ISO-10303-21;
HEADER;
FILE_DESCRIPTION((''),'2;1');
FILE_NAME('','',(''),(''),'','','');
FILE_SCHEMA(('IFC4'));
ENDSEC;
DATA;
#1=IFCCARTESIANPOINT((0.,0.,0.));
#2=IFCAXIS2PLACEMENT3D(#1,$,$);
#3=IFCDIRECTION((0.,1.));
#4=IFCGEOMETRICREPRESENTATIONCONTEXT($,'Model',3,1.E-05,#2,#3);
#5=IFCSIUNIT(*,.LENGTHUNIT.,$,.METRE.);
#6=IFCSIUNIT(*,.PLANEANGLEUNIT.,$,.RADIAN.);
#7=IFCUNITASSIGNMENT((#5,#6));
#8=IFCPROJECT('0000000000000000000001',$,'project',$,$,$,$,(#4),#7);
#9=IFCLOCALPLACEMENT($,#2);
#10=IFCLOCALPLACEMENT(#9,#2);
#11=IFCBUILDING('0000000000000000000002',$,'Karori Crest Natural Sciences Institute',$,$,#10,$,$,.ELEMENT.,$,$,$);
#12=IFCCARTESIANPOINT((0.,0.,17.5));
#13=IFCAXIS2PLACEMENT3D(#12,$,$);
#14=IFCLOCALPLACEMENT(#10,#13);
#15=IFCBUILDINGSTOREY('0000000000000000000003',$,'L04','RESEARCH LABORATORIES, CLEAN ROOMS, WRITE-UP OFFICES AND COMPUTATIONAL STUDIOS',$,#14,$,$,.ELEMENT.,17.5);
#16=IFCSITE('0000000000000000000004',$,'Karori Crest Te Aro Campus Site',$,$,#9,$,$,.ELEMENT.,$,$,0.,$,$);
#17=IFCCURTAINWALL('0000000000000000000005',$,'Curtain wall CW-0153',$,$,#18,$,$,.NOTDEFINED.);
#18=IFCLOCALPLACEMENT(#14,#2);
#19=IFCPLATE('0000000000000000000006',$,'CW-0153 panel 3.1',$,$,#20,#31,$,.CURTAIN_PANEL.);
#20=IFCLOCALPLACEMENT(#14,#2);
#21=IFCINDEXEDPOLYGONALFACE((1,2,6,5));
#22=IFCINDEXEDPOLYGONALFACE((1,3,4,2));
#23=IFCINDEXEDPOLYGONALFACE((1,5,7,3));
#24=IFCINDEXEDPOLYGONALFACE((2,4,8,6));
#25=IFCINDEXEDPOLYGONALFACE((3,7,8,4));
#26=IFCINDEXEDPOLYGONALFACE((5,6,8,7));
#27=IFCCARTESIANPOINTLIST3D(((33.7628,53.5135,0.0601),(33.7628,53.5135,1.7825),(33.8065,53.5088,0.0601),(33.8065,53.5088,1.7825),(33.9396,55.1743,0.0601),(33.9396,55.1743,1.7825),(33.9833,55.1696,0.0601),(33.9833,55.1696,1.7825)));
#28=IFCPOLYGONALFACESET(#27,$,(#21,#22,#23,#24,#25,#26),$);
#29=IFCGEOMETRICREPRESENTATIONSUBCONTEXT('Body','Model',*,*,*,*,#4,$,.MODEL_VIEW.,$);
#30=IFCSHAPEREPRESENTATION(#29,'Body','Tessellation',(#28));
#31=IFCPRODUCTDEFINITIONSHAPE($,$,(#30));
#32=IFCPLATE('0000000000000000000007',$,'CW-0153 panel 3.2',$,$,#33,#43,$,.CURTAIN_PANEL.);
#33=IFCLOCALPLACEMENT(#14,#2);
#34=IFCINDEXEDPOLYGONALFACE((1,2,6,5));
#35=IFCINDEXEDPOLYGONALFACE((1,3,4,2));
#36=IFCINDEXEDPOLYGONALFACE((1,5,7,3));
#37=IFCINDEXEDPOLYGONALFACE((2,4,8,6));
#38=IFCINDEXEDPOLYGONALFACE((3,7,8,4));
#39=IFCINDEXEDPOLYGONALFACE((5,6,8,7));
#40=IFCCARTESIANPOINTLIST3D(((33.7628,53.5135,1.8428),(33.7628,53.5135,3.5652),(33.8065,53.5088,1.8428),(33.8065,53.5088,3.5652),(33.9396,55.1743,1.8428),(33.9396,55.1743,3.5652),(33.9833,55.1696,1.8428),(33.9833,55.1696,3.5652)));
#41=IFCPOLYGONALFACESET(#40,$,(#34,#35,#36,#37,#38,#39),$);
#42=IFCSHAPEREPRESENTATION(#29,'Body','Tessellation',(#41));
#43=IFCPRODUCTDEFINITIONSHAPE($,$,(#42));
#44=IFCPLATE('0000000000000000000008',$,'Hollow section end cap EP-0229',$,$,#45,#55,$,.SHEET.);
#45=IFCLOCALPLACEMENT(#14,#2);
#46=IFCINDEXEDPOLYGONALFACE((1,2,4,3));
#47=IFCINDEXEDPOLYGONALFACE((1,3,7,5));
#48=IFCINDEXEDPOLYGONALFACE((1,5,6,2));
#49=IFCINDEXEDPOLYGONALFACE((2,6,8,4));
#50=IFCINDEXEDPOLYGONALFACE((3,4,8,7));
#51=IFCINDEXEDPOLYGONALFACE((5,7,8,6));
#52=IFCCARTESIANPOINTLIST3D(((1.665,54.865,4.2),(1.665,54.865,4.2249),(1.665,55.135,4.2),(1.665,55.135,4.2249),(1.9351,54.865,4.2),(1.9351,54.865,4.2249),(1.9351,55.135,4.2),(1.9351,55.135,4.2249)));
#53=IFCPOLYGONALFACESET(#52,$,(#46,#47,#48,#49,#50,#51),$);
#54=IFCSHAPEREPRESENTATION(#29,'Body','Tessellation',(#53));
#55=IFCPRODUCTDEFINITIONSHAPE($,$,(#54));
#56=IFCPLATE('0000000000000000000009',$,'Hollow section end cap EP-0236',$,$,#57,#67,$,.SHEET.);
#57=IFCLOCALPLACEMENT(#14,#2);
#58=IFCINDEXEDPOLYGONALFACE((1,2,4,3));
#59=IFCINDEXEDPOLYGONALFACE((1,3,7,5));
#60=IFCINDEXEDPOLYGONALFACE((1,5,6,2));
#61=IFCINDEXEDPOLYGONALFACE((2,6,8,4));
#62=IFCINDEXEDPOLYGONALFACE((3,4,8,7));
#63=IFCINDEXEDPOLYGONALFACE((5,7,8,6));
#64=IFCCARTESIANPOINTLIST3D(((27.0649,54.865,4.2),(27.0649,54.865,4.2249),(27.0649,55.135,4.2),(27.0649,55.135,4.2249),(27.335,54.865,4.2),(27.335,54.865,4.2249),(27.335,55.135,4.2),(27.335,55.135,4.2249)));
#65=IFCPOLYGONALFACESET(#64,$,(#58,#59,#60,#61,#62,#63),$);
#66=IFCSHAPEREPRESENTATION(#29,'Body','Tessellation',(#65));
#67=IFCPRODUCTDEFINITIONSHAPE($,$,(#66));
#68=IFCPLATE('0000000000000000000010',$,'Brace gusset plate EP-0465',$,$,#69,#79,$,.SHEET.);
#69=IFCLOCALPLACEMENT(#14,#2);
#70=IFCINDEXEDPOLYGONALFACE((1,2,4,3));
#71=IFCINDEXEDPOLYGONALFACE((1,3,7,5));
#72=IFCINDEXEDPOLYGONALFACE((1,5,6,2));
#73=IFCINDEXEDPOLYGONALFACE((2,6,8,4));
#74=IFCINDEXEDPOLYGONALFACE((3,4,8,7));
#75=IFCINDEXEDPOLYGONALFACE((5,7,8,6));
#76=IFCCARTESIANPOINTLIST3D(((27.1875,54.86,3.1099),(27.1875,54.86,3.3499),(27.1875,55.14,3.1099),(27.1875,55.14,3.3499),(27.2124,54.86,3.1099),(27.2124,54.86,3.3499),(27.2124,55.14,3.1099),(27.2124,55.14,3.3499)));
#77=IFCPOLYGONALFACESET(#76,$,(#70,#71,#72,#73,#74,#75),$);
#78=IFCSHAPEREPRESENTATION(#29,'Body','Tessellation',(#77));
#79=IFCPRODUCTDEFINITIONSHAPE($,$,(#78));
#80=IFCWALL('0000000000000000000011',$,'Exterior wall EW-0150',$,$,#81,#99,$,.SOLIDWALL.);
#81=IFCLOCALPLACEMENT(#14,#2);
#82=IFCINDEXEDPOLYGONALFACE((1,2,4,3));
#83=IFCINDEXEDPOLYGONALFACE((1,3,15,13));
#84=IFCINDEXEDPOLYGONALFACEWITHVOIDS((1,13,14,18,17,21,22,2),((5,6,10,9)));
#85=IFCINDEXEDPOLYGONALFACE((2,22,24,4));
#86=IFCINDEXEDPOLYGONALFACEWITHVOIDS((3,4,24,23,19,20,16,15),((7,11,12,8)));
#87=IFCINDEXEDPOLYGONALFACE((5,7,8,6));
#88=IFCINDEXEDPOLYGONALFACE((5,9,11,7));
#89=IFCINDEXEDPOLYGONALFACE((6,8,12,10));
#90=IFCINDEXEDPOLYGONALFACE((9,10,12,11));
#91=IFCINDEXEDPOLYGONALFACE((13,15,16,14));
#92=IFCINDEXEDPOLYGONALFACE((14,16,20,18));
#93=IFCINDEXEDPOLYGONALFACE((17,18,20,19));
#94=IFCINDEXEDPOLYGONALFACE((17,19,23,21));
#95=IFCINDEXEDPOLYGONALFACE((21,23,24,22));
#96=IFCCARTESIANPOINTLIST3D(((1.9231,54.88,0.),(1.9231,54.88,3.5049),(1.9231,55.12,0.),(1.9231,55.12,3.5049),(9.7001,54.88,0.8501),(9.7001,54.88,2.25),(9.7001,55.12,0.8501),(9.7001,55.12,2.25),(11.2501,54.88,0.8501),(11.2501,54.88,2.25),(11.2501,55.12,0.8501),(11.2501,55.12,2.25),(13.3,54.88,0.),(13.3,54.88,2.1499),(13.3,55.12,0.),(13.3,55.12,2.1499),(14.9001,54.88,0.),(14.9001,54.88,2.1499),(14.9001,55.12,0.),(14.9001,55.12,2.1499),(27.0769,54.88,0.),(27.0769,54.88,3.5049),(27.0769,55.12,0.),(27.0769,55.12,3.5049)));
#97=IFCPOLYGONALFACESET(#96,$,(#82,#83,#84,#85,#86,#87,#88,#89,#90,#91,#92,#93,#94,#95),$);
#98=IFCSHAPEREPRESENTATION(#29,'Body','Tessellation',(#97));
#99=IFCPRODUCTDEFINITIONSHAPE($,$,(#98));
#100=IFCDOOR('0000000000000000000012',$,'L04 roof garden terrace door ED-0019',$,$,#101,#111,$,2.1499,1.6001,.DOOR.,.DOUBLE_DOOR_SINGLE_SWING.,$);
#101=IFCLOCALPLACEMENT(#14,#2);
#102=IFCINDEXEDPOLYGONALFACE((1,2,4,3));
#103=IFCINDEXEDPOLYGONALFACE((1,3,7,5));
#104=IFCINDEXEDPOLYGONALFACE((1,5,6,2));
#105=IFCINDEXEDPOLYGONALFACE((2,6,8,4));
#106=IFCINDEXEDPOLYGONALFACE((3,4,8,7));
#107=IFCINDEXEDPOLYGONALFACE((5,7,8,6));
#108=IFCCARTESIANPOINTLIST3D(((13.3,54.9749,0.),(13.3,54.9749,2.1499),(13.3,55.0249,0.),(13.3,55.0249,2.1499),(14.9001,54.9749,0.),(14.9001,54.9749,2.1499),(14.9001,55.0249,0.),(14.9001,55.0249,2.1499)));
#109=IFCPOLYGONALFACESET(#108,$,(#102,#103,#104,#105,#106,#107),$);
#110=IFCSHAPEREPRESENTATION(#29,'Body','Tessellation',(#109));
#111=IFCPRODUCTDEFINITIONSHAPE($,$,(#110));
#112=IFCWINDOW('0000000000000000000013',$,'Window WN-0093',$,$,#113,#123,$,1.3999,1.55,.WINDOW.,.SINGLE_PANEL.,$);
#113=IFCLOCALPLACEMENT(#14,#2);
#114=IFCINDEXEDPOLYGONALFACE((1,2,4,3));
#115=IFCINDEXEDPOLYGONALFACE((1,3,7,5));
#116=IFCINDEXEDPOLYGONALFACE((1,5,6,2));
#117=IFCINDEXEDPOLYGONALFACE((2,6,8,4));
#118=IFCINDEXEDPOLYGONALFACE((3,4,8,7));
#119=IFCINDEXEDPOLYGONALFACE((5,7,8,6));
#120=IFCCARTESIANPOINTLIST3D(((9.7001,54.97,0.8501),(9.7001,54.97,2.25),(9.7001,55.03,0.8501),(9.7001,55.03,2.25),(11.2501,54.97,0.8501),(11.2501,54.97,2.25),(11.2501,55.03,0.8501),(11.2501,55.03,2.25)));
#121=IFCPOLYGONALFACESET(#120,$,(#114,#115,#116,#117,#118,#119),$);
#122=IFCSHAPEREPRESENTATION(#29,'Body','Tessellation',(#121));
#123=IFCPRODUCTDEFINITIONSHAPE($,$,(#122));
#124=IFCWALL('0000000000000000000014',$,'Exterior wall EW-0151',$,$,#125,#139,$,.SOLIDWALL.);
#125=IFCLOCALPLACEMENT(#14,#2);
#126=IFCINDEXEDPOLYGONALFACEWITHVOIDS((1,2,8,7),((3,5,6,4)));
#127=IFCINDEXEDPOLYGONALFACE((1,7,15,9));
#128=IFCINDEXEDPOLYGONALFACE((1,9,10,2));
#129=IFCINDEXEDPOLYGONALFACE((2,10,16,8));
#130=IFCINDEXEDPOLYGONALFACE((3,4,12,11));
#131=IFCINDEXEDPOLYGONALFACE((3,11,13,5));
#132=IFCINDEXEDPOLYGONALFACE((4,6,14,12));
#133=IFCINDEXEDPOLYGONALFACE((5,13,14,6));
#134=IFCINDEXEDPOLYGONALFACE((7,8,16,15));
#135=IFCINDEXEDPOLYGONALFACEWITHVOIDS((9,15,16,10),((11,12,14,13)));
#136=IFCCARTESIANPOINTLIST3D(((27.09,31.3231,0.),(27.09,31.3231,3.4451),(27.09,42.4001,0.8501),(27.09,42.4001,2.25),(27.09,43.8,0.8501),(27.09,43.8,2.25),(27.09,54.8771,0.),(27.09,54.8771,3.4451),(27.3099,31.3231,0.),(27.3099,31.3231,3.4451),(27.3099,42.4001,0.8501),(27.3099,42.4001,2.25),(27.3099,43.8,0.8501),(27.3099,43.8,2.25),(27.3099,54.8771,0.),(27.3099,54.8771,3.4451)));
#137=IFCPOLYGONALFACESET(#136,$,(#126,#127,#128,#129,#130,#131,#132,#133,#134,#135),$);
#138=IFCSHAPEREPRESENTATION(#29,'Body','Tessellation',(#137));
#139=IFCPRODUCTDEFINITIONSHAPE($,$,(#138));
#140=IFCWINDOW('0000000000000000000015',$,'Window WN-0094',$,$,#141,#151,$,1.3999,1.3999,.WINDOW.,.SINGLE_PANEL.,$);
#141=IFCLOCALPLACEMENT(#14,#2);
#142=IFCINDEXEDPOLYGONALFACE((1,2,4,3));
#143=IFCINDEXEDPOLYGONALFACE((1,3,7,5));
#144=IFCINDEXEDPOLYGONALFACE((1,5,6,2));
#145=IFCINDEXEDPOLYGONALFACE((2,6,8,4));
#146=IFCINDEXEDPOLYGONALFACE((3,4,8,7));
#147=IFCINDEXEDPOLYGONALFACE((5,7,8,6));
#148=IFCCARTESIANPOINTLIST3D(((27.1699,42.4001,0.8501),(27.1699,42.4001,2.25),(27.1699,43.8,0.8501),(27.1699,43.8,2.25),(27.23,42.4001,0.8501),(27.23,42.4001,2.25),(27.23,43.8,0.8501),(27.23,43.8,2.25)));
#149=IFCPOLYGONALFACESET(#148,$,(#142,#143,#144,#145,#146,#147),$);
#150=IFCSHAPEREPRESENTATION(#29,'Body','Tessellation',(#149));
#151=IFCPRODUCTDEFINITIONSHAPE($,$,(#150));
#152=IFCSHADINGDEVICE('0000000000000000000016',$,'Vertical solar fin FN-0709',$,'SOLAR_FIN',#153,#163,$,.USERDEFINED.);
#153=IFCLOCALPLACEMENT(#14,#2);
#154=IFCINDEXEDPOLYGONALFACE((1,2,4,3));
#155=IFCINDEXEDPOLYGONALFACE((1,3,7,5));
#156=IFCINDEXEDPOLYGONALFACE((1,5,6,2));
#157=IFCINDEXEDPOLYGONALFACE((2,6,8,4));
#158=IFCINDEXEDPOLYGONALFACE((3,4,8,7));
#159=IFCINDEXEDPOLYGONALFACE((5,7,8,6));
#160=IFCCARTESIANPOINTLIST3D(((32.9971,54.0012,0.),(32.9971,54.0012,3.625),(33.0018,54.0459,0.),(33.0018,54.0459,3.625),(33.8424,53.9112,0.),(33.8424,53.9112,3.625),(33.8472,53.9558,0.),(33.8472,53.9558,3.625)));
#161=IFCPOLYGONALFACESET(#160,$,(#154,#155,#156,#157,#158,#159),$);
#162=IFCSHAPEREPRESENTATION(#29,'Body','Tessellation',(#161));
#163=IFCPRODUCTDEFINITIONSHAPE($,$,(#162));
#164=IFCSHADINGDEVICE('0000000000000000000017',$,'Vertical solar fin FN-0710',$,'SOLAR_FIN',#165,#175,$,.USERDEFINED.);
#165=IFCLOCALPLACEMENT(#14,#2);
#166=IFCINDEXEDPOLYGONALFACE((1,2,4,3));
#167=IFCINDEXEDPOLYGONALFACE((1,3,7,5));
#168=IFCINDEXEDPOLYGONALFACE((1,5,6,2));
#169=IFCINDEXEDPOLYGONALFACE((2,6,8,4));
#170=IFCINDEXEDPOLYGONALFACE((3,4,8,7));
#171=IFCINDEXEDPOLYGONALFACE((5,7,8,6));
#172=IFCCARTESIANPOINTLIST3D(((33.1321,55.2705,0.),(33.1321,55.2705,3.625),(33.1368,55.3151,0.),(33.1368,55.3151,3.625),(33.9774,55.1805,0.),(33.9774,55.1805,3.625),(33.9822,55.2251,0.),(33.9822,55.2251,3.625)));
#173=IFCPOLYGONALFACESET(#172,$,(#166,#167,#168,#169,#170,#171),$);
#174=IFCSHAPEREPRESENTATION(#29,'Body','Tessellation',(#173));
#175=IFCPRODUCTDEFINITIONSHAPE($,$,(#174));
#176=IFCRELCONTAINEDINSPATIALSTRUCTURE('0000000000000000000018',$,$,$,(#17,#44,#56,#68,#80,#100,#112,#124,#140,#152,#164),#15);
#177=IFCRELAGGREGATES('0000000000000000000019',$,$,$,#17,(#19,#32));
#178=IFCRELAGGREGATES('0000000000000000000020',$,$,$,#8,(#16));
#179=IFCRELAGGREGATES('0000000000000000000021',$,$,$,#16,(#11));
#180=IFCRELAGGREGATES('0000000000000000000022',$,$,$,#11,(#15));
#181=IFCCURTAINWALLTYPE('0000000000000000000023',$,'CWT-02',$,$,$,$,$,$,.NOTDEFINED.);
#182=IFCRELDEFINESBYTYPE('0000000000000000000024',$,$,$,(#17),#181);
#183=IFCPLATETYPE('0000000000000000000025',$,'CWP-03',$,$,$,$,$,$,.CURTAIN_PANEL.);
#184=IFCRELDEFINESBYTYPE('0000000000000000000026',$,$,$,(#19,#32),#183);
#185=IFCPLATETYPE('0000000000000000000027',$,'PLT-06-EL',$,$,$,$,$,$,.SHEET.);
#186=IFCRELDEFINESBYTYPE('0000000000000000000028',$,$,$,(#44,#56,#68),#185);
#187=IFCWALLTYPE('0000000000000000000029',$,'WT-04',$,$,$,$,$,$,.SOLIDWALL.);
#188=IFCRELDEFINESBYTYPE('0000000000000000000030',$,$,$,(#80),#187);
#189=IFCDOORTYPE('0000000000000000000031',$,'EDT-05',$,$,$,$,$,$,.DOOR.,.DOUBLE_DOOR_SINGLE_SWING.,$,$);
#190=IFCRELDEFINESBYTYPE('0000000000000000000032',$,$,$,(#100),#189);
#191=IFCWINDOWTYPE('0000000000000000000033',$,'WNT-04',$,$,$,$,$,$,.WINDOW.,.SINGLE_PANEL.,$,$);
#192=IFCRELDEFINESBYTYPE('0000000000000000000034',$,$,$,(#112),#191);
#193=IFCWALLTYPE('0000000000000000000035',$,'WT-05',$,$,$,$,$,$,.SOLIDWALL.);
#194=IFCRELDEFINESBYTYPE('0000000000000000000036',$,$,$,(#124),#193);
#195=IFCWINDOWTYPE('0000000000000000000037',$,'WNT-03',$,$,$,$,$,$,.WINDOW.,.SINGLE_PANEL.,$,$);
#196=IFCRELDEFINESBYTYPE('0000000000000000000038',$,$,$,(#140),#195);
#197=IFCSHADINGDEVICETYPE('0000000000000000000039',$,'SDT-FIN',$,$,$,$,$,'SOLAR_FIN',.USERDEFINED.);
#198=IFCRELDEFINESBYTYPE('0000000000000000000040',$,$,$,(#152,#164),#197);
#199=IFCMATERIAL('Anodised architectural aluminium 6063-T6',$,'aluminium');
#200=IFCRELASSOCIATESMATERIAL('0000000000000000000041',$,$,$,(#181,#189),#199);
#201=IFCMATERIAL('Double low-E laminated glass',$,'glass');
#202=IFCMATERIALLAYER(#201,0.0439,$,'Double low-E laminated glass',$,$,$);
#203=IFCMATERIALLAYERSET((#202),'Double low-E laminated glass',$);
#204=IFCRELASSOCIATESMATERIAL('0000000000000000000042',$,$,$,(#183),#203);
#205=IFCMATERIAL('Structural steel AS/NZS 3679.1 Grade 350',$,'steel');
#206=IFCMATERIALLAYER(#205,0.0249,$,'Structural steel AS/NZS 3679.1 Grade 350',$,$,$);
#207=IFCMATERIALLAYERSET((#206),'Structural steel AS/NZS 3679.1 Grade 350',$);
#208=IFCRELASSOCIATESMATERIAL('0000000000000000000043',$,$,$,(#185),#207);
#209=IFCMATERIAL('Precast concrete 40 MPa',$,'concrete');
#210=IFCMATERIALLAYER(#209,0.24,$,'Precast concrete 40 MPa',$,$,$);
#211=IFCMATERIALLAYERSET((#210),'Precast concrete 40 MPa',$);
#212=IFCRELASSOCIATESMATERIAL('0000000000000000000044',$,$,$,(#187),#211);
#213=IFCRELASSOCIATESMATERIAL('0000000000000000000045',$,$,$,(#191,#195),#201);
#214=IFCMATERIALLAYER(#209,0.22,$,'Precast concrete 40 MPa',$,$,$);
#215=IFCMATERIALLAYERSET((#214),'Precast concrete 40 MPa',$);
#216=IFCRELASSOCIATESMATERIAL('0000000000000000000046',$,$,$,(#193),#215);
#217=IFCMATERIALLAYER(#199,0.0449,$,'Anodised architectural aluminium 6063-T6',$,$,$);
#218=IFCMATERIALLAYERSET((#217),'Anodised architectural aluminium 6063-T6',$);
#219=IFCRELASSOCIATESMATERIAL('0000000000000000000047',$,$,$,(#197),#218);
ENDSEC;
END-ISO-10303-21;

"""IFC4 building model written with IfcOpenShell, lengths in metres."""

from ifc_helpers import new_model, si_unit, direction, frame, frame_2d, origin, origin_2d, place, context, subcontext, project, spatial, rectangle, extrude, material, layer, layer_set, type_object, element, fill, aggregate, save


model = new_model("IFC4")

# Units and contexts
model_context = context("Model", 3, precision=1e-05, world=origin(), true_north=direction((0.0, 1.0)))
body_context = subcontext(model_context, "Body", "Model", "MODEL_VIEW")
ifc_project = project(units=[si_unit("LENGTHUNIT", "METRE"), si_unit("PLANEANGLEUNIT", "RADIAN")], contexts=[model_context])

# Site, building, storey
site_placement = place(None, origin())
site = spatial("IfcSite", under=ifc_project, at=site_placement, Name="Karori Crest Te Aro Campus Site", CompositionType="ELEMENT", RefElevation=0.0)
building_placement = place(site_placement, origin())
building = spatial("IfcBuilding", under=site, at=building_placement, Name="Karori Crest Natural Sciences Institute", CompositionType="ELEMENT")
storey_placement = place(building_placement, frame((0.0, 0.0, 17.5)))
storey = spatial("IfcBuildingStorey", under=building, at=storey_placement, Name="L04", Description="RESEARCH LABORATORIES, CLEAN ROOMS, WRITE-UP OFFICES AND COMPUTATIONAL STUDIOS", CompositionType="ELEMENT", Elevation=17.5)

# Shared definitions
ifc_material_1 = material(Name="Structural steel AS/NZS 3679.1 Grade 350", Category="steel")

# Curtain wall
ifc_material_2 = material(Name="Anodised architectural aluminium 6063-T6", Category="aluminium")
curtain_wall_type_1 = type_object("IfcCurtainWallType", Name="CWT-02", PredefinedType="NOTDEFINED", material=ifc_material_2)
curtain_wall_1_placement = place(storey_placement, origin())
curtain_wall_1 = element("IfcCurtainWall", 1, at=curtain_wall_1_placement, inside=storey, type_object=curtain_wall_type_1, Name="Curtain wall CW-0153", PredefinedType="NOTDEFINED")

# Plates
ifc_material_3 = material(Name="Double low-E laminated glass", Category="glass")
ifc_layer_1 = layer(ifc_material_3, 0.0439, Name="Double low-E laminated glass")
ifc_layer_set_1 = layer_set([ifc_layer_1], Name="Double low-E laminated glass")
plate_type_1 = type_object("IfcPlateType", Name="CWP-03", PredefinedType="CURTAIN_PANEL", material=ifc_layer_set_1)
plate_1_placement = place(storey_placement, frame((33.873, 54.3416, 0.0601), z_axis=(0.0, 0.0, 1.0), x_axis=(0.105886, 0.994378, 0.0)))
plate_1 = element("IfcPlate", 2, at=plate_1_placement, type_object=plate_type_1, Name="CW-0153 panel 3.1", PredefinedType="CURTAIN_PANEL", context=body_context, shape_type="SweptSolid", body=[
    extrude(rectangle(XDim=1.6702, YDim=0.0439, at=origin_2d()), origin(), (0.0, 0.0, 1.0), 1.7224),
])
plate_2_placement = place(storey_placement, frame((33.873, 54.3416, 1.8428), z_axis=(0.0, 0.0, 1.0), x_axis=(0.105886, 0.994378, 0.0)))
plate_2 = element("IfcPlate", 3, at=plate_2_placement, type_object=plate_type_1, Name="CW-0153 panel 3.2", PredefinedType="CURTAIN_PANEL", context=body_context, shape_type="SweptSolid", body=[
    extrude(rectangle(XDim=1.6702, YDim=0.0439, at=origin_2d()), origin(), (0.0, 0.0, 1.0), 1.7224),
])
aggregate(curtain_wall_1, [plate_1, plate_2])

# Plates
ifc_layer_2 = layer(ifc_material_1, 0.0249, Name="Structural steel AS/NZS 3679.1 Grade 350")
ifc_layer_set_2 = layer_set([ifc_layer_2], Name="Structural steel AS/NZS 3679.1 Grade 350")
plate_type_2 = type_object("IfcPlateType", Name="PLT-06-EL", PredefinedType="SHEET", material=ifc_layer_set_2)
for number, where, z_axis, x_axis, name in (
    (4, (1.8, 55.0, 4.2), (0.0, 0.0, 1.0), (1.0, 0.0, 0.0), "Hollow section end cap EP-0229"),
    (5, (27.2, 55.0, 4.2), (0.0, 0.0, 1.0), (1.0, 0.0, 0.0), "Hollow section end cap EP-0236"),
):
    element("IfcPlate", number, at=place(storey_placement, frame(where, z_axis=z_axis, x_axis=x_axis)), inside=storey, type_object=plate_type_2, Name=name, PredefinedType="SHEET", context=body_context, shape_type="SweptSolid", body=[
        extrude(rectangle(XDim=0.27, YDim=0.27, at=origin_2d()), origin(), (0.0, 0.0, 1.0), 0.0249),
    ])
plate_3_placement = place(storey_placement, frame((27.2, 55.0, 3.1099), z_axis=(0.0, 0.0, 1.0), x_axis=(0.0, 1.0, 0.0)))
element("IfcPlate", 6, at=plate_3_placement, inside=storey, type_object=plate_type_2, Name="Brace gusset plate EP-0465", PredefinedType="SHEET", context=body_context, shape_type="SweptSolid", body=[
    extrude(rectangle(XDim=0.28, YDim=0.0249, at=origin_2d()), origin(), (0.0, 0.0, 1.0), 0.24),
])

# Wall, openings, door, window
ifc_material_4 = material(Name="Precast concrete 40 MPa", Category="concrete")
ifc_layer_3 = layer(ifc_material_4, 0.24, Name="Precast concrete 40 MPa")
ifc_layer_set_3 = layer_set([ifc_layer_3], Name="Precast concrete 40 MPa")
wall_type_1 = type_object("IfcWallType", Name="WT-04", PredefinedType="SOLIDWALL", material=ifc_layer_set_3)
wall_1_placement = place(storey_placement, frame((1.9231, 55.0, 0.0), z_axis=(0.0, 0.0, 1.0), x_axis=(1.0, 0.0, 0.0)))
wall_1 = element("IfcWall", 7, at=wall_1_placement, inside=storey, type_object=wall_type_1, Name="Exterior wall EW-0150", PredefinedType="SOLIDWALL", context=body_context, shape_type="SweptSolid", body=[
    extrude(rectangle(XDim=25.1538, YDim=0.24, at=frame_2d((12.5769, 0.0))), origin(), (0.0, 0.0, 1.0), 3.5049),
])
opening_1_placement = place(wall_1_placement, frame((11.377, 0.0, 0.0)))
opening_1 = element("IfcOpeningElement", 8, at=opening_1_placement, cuts=wall_1, PredefinedType="OPENING", context=body_context, shape_type="SweptSolid", body=[
    extrude(rectangle(XDim=1.6001, YDim=2.1499, at=frame_2d((0.8, 1.075))), frame((0.0, 0.1299, 0.0), z_axis=(0.0, -1.0, 0.0), x_axis=(1.0, 0.0, 0.0)), (0.0, 0.0, 1.0), 0.26),
])
opening_2_placement = place(wall_1_placement, frame((7.7771, 0.0, 0.8501)))
opening_2 = element("IfcOpeningElement", 9, at=opening_2_placement, cuts=wall_1, PredefinedType="OPENING", context=body_context, shape_type="SweptSolid", body=[
    extrude(rectangle(XDim=1.55, YDim=1.3999, at=frame_2d((0.7749, 0.7))), frame((0.0, 0.1299, 0.0), z_axis=(0.0, -1.0, 0.0), x_axis=(1.0, 0.0, 0.0)), (0.0, 0.0, 1.0), 0.26),
])
door_type = type_object("IfcDoorType", Name="EDT-05", OperationType="DOUBLE_DOOR_SINGLE_SWING", PredefinedType="DOOR", material=ifc_material_2)
door_placement = place(opening_1_placement, origin())
door = element("IfcDoor", 10, at=door_placement, inside=storey, type_object=door_type, Name="L04 roof garden terrace door ED-0019", OperationType="DOUBLE_DOOR_SINGLE_SWING", OverallHeight=2.1499, OverallWidth=1.6001, PredefinedType="DOOR", context=body_context, shape_type="SweptSolid", body=[
    extrude(rectangle(XDim=1.6001, YDim=2.1499, at=frame_2d((0.8, 1.075))), frame((0.0, 0.0249, 0.0), z_axis=(0.0, -1.0, 0.0), x_axis=(1.0, 0.0, 0.0)), (0.0, 0.0, 1.0), 0.05),
])
fill(opening_1, door)
window_type_1 = type_object("IfcWindowType", Name="WNT-04", PartitioningType="SINGLE_PANEL", PredefinedType="WINDOW", material=ifc_material_3)
window_1_placement = place(opening_2_placement, origin())
window_1 = element("IfcWindow", 11, at=window_1_placement, inside=storey, type_object=window_type_1, Name="Window WN-0093", OverallHeight=1.3999, OverallWidth=1.55, PartitioningType="SINGLE_PANEL", PredefinedType="WINDOW", context=body_context, shape_type="SweptSolid", body=[
    extrude(rectangle(XDim=1.55, YDim=1.3999, at=frame_2d((0.7749, 0.7))), frame((0.0, 0.03, 0.0), z_axis=(0.0, -1.0, 0.0), x_axis=(1.0, 0.0, 0.0)), (0.0, 0.0, 1.0), 0.0601),
])
fill(opening_2, window_1)

# Wall, opening, window
ifc_layer_4 = layer(ifc_material_4, 0.22, Name="Precast concrete 40 MPa")
ifc_layer_set_4 = layer_set([ifc_layer_4], Name="Precast concrete 40 MPa")
wall_type_2 = type_object("IfcWallType", Name="WT-05", PredefinedType="SOLIDWALL", material=ifc_layer_set_4)
wall_2_placement = place(storey_placement, frame((27.2, 54.877, 0.0), z_axis=(0.0, 0.0, 1.0), x_axis=(0.0, -1.0, 0.0)))
wall_2 = element("IfcWall", 12, at=wall_2_placement, inside=storey, type_object=wall_type_2, Name="Exterior wall EW-0151", PredefinedType="SOLIDWALL", context=body_context, shape_type="SweptSolid", body=[
    extrude(rectangle(XDim=23.554, YDim=0.22, at=frame_2d((11.7769, 0.0))), origin(), (0.0, 0.0, 1.0), 3.4451),
])
opening_3_placement = place(wall_2_placement, frame((11.0769, 0.0, 0.8501)))
opening_3 = element("IfcOpeningElement", 13, at=opening_3_placement, cuts=wall_2, PredefinedType="OPENING", context=body_context, shape_type="SweptSolid", body=[
    extrude(rectangle(XDim=1.3999, YDim=1.3999, at=frame_2d((0.7, 0.7))), frame((0.0, 0.1201, 0.0), z_axis=(0.0, -1.0, 0.0), x_axis=(1.0, 0.0, 0.0)), (0.0, 0.0, 1.0), 0.24),
])
window_type_2 = type_object("IfcWindowType", Name="WNT-03", PartitioningType="SINGLE_PANEL", PredefinedType="WINDOW", material=ifc_material_3)
window_2_placement = place(opening_3_placement, origin())
window_2 = element("IfcWindow", 14, at=window_2_placement, inside=storey, type_object=window_type_2, Name="Window WN-0094", OverallHeight=1.3999, OverallWidth=1.3999, PartitioningType="SINGLE_PANEL", PredefinedType="WINDOW", context=body_context, shape_type="SweptSolid", body=[
    extrude(rectangle(XDim=1.3999, YDim=1.3999, at=frame_2d((0.7, 0.7))), frame((0.0, 0.03, 0.0), z_axis=(0.0, -1.0, 0.0), x_axis=(1.0, 0.0, 0.0)), (0.0, 0.0, 1.0), 0.0601),
])
fill(opening_3, window_2)

# Shading devices
ifc_layer_5 = layer(ifc_material_2, 0.0449, Name="Anodised architectural aluminium 6063-T6")
ifc_layer_set_5 = layer_set([ifc_layer_5], Name="Anodised architectural aluminium 6063-T6")
shading_device_type = type_object("IfcShadingDeviceType", Name="SDT-FIN", ElementType="SOLAR_FIN", PredefinedType="USERDEFINED", material=ifc_layer_set_5)
for number, where, z_axis, x_axis, name in (
    (15, (33.4221, 53.9785, 0.0), (0.0, 0.0, 1.0), (-0.994378, 0.105886, 0.0), "Vertical solar fin FN-0709"),
    (16, (33.5571, 55.2478, 0.0), (0.0, 0.0, 1.0), (-0.994378, 0.105886, 0.0), "Vertical solar fin FN-0710"),
):
    element("IfcShadingDevice", number, at=place(storey_placement, frame(where, z_axis=z_axis, x_axis=x_axis)), inside=storey, type_object=shading_device_type, Name=name, ObjectType="SOLAR_FIN", PredefinedType="USERDEFINED", context=body_context, shape_type="SweptSolid", body=[
        extrude(rectangle(XDim=0.8501, YDim=0.0449, at=origin_2d()), origin(), (0.0, 0.0, 1.0), 3.625),
    ])

save(model, "model.ifc")
